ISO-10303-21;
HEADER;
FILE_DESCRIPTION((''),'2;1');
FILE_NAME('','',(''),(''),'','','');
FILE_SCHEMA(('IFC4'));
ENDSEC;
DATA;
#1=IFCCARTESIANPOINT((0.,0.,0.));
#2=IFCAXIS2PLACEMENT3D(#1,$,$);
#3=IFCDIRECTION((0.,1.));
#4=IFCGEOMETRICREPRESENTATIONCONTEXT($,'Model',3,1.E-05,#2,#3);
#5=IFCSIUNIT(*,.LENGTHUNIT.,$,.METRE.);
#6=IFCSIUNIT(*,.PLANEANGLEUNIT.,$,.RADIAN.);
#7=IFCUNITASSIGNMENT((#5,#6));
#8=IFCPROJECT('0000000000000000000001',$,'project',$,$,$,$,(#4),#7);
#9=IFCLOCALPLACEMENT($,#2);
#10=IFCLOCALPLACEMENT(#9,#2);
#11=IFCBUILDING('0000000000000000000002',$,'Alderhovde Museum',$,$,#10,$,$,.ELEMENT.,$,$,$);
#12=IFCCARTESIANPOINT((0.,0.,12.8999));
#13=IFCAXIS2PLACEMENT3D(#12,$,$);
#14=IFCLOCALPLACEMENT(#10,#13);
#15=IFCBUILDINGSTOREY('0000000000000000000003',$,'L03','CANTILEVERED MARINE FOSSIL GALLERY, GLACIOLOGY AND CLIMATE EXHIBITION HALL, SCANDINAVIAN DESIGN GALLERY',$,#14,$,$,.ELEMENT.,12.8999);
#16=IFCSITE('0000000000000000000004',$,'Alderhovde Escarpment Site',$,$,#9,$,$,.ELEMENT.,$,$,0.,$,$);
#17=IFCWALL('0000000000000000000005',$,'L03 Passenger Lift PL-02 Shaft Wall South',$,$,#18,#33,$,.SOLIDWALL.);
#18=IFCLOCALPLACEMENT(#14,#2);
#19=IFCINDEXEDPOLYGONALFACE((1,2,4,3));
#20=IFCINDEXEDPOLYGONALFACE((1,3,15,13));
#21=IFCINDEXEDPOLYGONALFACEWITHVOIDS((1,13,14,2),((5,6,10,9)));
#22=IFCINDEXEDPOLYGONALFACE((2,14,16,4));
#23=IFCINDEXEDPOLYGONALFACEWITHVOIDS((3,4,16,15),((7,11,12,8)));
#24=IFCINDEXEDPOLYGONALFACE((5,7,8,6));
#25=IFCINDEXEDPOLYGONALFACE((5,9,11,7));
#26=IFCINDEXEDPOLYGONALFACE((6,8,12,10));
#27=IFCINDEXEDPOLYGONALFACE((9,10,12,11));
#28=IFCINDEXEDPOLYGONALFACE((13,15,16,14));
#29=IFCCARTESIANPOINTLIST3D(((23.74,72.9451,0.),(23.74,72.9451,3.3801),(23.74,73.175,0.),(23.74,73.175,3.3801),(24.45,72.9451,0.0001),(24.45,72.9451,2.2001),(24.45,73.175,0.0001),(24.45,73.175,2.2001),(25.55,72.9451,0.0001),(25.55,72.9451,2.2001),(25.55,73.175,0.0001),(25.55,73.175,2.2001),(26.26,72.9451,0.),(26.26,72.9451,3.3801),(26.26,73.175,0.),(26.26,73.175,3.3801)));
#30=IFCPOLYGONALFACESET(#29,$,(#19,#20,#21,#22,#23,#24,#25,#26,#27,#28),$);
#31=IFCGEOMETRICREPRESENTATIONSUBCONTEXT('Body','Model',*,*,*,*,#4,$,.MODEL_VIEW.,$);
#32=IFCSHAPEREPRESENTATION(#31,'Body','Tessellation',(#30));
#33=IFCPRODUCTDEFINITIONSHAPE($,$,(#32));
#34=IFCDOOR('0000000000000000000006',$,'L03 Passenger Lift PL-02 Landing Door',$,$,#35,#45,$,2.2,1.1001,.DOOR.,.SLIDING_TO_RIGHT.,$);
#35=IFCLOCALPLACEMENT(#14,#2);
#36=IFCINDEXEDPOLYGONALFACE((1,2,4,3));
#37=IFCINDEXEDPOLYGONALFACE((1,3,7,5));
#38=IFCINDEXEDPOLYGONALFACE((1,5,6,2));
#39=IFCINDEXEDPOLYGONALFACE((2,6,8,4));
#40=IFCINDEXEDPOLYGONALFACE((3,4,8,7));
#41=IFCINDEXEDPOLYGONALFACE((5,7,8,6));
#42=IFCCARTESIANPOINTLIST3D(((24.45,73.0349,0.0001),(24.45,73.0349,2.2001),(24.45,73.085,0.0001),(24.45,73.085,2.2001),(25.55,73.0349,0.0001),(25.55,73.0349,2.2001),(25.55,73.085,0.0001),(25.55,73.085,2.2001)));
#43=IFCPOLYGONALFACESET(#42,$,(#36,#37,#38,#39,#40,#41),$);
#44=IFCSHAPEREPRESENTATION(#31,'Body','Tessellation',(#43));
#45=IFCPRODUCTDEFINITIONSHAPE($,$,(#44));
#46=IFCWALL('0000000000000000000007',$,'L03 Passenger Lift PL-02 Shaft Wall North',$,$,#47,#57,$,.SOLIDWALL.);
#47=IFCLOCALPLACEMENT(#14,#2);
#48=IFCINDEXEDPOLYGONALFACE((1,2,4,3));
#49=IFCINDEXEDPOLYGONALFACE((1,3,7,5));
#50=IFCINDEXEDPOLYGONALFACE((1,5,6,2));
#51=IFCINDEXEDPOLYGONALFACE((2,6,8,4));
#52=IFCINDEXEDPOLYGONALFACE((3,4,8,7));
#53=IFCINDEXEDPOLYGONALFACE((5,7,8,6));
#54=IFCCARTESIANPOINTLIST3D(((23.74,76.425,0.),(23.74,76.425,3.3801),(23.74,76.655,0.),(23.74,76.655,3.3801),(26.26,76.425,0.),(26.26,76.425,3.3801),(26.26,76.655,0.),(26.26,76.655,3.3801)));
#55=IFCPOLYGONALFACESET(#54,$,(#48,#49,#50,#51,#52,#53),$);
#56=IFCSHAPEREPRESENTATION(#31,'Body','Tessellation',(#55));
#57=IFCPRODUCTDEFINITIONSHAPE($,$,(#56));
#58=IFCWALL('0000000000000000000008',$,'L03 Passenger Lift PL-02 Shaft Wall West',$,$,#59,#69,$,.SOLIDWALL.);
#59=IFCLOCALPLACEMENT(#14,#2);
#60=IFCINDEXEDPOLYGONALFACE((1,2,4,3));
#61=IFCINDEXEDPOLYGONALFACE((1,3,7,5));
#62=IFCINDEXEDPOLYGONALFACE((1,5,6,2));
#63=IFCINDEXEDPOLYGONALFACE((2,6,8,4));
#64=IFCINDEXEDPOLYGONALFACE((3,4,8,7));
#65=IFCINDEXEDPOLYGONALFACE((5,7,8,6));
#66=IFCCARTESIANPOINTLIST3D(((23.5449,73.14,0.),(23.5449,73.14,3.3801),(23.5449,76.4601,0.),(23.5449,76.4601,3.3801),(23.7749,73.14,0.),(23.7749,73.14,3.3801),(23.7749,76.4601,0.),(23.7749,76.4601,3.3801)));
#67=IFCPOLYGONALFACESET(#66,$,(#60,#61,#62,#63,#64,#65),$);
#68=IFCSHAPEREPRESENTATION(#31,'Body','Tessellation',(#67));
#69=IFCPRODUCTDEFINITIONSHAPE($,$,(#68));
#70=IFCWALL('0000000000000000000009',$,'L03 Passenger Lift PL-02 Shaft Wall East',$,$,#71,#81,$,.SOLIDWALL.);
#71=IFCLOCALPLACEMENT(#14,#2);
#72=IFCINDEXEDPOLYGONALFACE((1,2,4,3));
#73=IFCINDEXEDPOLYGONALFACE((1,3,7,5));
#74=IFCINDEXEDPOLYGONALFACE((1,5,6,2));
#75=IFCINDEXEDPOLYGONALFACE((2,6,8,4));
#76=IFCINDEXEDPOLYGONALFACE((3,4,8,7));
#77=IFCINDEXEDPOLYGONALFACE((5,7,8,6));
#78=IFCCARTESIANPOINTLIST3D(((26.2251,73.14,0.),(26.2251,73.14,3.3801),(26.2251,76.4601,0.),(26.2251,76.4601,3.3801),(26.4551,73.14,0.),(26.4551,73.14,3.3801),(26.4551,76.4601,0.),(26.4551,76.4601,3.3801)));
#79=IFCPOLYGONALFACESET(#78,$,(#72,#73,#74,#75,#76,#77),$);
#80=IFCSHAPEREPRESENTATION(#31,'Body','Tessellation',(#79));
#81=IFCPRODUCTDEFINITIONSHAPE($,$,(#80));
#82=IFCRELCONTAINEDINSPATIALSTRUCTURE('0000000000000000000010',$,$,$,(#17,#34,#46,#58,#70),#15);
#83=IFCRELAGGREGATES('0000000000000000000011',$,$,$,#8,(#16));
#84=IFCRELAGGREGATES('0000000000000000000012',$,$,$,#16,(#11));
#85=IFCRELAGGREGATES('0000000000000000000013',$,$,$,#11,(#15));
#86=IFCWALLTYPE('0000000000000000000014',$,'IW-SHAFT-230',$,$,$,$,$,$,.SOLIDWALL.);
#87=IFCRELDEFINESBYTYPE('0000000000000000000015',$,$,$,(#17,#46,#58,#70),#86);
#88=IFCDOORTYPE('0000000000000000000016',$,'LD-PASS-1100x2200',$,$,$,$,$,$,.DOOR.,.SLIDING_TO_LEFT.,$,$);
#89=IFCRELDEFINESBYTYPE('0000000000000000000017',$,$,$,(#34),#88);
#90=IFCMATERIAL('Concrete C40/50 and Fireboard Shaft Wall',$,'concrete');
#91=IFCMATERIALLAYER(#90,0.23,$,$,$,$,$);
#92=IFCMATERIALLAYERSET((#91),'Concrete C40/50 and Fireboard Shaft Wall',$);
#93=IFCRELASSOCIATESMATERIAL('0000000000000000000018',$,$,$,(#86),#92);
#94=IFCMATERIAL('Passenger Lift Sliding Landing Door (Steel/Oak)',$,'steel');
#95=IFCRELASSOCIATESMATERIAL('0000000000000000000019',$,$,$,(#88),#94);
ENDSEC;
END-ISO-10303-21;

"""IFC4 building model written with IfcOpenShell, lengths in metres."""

from ifc_helpers import new_model, si_unit, direction, frame, frame_2d, origin, place, context, subcontext, project, spatial, rectangle, extrude, material, layer, layer_set, type_object, element, fill, save


model = new_model("IFC4")

# Units and contexts
model_context = context("Model", 3, precision=1e-05, world=origin(), true_north=direction((0.0, 1.0)))
body_context = subcontext(model_context, "Body", "Model", "MODEL_VIEW")
ifc_project = project(units=[si_unit("LENGTHUNIT", "METRE"), si_unit("PLANEANGLEUNIT", "RADIAN")], contexts=[model_context])

# Site, building, storey
site_placement = place(None, origin())
site = spatial("IfcSite", under=ifc_project, at=site_placement, Name="Alderhovde Escarpment Site", CompositionType="ELEMENT", RefElevation=0.0)
building_placement = place(site_placement, origin())
building = spatial("IfcBuilding", under=site, at=building_placement, Name="Alderhovde Museum", CompositionType="ELEMENT")
storey_placement = place(building_placement, frame((0.0, 0.0, 12.8999)))
storey = spatial("IfcBuildingStorey", under=building, at=storey_placement, Name="L03", Description="CANTILEVERED MARINE FOSSIL GALLERY, GLACIOLOGY AND CLIMATE EXHIBITION HALL, SCANDINAVIAN DESIGN GALLERY", CompositionType="ELEMENT", Elevation=12.8999)

# Shared definitions
ifc_material_1 = material(Name="Concrete C40/50 and Fireboard Shaft Wall", Category="concrete")
ifc_layer_1 = layer(ifc_material_1, 0.23)
ifc_layer_set_1 = layer_set([ifc_layer_1], Name="Concrete C40/50 and Fireboard Shaft Wall")
wall_type_1 = type_object("IfcWallType", Name="IW-SHAFT-230", PredefinedType="SOLIDWALL", material=ifc_layer_set_1)

# Wall, opening, door
wall_1_placement = place(storey_placement, frame((23.74, 73.0601, 0.0), z_axis=(0.0, 0.0, 1.0), x_axis=(1.0, 0.0, 0.0)))
wall_1 = element("IfcWall", 1, at=wall_1_placement, inside=storey, type_object=wall_type_1, Name="L03 Passenger Lift PL-02 Shaft Wall South", PredefinedType="SOLIDWALL", context=body_context, shape_type="SweptSolid", body=[
    extrude(rectangle(XDim=2.52, YDim=0.23, at=frame_2d((1.26, 0.0))), origin(), (0.0, 0.0, 1.0), 3.3801),
])
opening_placement = place(wall_1_placement, frame((0.71, 0.0, 0.0)))
opening = element("IfcOpeningElement", 2, at=opening_placement, cuts=wall_1, PredefinedType="OPENING", context=body_context, shape_type="SweptSolid", body=[
    extrude(rectangle(XDim=1.1001, YDim=2.2, at=frame_2d((0.55, 1.1001))), frame((0.0, 0.125, 0.0), z_axis=(0.0, -1.0, 0.0), x_axis=(1.0, 0.0, 0.0)), (0.0, 0.0, 1.0), 0.25),
])
ifc_material_2 = material(Name="Passenger Lift Sliding Landing Door (Steel/Oak)", Category="steel")
door_type = type_object("IfcDoorType", Name="LD-PASS-1100x2200", OperationType="SLIDING_TO_LEFT", PredefinedType="DOOR", material=ifc_material_2)
door_placement = place(opening_placement, origin())
door = element("IfcDoor", 3, at=door_placement, inside=storey, type_object=door_type, Name="L03 Passenger Lift PL-02 Landing Door", OperationType="SLIDING_TO_RIGHT", OverallHeight=2.2, OverallWidth=1.1001, PredefinedType="DOOR", context=body_context, shape_type="SweptSolid", body=[
    extrude(rectangle(XDim=1.1001, YDim=2.2, at=frame_2d((0.55, 1.1001))), frame((0.0, 0.0249, 0.0), z_axis=(0.0, -1.0, 0.0), x_axis=(1.0, 0.0, 0.0)), (0.0, 0.0, 1.0), 0.05),
])
fill(opening, door)

# Walls
wall_2_placement = place(storey_placement, frame((23.74, 76.54, 0.0), z_axis=(0.0, 0.0, 1.0), x_axis=(1.0, 0.0, 0.0)))
element("IfcWall", 4, at=wall_2_placement, inside=storey, type_object=wall_type_1, Name="L03 Passenger Lift PL-02 Shaft Wall North", PredefinedType="SOLIDWALL", context=body_context, shape_type="SweptSolid", body=[
    extrude(rectangle(XDim=2.52, YDim=0.23, at=frame_2d((1.26, 0.0))), origin(), (0.0, 0.0, 1.0), 3.3801),
])
for number, where, z_axis, x_axis, name in (
    (5, (23.6599, 73.1399, 0.0), (0.0, 0.0, 1.0), (0.0, 1.0, 0.0), "L03 Passenger Lift PL-02 Shaft Wall West"),
    (6, (26.3401, 73.1399, 0.0), (0.0, 0.0, 1.0), (0.0, 1.0, 0.0), "L03 Passenger Lift PL-02 Shaft Wall East"),
):
    element("IfcWall", number, at=place(storey_placement, frame(where, z_axis=z_axis, x_axis=x_axis)), inside=storey, type_object=wall_type_1, Name=name, PredefinedType="SOLIDWALL", context=body_context, shape_type="SweptSolid", body=[
        extrude(rectangle(XDim=3.3201, YDim=0.23, at=frame_2d((1.6602, 0.0))), origin(), (0.0, 0.0, 1.0), 3.3801),
    ])

save(model, "model.ifc")
